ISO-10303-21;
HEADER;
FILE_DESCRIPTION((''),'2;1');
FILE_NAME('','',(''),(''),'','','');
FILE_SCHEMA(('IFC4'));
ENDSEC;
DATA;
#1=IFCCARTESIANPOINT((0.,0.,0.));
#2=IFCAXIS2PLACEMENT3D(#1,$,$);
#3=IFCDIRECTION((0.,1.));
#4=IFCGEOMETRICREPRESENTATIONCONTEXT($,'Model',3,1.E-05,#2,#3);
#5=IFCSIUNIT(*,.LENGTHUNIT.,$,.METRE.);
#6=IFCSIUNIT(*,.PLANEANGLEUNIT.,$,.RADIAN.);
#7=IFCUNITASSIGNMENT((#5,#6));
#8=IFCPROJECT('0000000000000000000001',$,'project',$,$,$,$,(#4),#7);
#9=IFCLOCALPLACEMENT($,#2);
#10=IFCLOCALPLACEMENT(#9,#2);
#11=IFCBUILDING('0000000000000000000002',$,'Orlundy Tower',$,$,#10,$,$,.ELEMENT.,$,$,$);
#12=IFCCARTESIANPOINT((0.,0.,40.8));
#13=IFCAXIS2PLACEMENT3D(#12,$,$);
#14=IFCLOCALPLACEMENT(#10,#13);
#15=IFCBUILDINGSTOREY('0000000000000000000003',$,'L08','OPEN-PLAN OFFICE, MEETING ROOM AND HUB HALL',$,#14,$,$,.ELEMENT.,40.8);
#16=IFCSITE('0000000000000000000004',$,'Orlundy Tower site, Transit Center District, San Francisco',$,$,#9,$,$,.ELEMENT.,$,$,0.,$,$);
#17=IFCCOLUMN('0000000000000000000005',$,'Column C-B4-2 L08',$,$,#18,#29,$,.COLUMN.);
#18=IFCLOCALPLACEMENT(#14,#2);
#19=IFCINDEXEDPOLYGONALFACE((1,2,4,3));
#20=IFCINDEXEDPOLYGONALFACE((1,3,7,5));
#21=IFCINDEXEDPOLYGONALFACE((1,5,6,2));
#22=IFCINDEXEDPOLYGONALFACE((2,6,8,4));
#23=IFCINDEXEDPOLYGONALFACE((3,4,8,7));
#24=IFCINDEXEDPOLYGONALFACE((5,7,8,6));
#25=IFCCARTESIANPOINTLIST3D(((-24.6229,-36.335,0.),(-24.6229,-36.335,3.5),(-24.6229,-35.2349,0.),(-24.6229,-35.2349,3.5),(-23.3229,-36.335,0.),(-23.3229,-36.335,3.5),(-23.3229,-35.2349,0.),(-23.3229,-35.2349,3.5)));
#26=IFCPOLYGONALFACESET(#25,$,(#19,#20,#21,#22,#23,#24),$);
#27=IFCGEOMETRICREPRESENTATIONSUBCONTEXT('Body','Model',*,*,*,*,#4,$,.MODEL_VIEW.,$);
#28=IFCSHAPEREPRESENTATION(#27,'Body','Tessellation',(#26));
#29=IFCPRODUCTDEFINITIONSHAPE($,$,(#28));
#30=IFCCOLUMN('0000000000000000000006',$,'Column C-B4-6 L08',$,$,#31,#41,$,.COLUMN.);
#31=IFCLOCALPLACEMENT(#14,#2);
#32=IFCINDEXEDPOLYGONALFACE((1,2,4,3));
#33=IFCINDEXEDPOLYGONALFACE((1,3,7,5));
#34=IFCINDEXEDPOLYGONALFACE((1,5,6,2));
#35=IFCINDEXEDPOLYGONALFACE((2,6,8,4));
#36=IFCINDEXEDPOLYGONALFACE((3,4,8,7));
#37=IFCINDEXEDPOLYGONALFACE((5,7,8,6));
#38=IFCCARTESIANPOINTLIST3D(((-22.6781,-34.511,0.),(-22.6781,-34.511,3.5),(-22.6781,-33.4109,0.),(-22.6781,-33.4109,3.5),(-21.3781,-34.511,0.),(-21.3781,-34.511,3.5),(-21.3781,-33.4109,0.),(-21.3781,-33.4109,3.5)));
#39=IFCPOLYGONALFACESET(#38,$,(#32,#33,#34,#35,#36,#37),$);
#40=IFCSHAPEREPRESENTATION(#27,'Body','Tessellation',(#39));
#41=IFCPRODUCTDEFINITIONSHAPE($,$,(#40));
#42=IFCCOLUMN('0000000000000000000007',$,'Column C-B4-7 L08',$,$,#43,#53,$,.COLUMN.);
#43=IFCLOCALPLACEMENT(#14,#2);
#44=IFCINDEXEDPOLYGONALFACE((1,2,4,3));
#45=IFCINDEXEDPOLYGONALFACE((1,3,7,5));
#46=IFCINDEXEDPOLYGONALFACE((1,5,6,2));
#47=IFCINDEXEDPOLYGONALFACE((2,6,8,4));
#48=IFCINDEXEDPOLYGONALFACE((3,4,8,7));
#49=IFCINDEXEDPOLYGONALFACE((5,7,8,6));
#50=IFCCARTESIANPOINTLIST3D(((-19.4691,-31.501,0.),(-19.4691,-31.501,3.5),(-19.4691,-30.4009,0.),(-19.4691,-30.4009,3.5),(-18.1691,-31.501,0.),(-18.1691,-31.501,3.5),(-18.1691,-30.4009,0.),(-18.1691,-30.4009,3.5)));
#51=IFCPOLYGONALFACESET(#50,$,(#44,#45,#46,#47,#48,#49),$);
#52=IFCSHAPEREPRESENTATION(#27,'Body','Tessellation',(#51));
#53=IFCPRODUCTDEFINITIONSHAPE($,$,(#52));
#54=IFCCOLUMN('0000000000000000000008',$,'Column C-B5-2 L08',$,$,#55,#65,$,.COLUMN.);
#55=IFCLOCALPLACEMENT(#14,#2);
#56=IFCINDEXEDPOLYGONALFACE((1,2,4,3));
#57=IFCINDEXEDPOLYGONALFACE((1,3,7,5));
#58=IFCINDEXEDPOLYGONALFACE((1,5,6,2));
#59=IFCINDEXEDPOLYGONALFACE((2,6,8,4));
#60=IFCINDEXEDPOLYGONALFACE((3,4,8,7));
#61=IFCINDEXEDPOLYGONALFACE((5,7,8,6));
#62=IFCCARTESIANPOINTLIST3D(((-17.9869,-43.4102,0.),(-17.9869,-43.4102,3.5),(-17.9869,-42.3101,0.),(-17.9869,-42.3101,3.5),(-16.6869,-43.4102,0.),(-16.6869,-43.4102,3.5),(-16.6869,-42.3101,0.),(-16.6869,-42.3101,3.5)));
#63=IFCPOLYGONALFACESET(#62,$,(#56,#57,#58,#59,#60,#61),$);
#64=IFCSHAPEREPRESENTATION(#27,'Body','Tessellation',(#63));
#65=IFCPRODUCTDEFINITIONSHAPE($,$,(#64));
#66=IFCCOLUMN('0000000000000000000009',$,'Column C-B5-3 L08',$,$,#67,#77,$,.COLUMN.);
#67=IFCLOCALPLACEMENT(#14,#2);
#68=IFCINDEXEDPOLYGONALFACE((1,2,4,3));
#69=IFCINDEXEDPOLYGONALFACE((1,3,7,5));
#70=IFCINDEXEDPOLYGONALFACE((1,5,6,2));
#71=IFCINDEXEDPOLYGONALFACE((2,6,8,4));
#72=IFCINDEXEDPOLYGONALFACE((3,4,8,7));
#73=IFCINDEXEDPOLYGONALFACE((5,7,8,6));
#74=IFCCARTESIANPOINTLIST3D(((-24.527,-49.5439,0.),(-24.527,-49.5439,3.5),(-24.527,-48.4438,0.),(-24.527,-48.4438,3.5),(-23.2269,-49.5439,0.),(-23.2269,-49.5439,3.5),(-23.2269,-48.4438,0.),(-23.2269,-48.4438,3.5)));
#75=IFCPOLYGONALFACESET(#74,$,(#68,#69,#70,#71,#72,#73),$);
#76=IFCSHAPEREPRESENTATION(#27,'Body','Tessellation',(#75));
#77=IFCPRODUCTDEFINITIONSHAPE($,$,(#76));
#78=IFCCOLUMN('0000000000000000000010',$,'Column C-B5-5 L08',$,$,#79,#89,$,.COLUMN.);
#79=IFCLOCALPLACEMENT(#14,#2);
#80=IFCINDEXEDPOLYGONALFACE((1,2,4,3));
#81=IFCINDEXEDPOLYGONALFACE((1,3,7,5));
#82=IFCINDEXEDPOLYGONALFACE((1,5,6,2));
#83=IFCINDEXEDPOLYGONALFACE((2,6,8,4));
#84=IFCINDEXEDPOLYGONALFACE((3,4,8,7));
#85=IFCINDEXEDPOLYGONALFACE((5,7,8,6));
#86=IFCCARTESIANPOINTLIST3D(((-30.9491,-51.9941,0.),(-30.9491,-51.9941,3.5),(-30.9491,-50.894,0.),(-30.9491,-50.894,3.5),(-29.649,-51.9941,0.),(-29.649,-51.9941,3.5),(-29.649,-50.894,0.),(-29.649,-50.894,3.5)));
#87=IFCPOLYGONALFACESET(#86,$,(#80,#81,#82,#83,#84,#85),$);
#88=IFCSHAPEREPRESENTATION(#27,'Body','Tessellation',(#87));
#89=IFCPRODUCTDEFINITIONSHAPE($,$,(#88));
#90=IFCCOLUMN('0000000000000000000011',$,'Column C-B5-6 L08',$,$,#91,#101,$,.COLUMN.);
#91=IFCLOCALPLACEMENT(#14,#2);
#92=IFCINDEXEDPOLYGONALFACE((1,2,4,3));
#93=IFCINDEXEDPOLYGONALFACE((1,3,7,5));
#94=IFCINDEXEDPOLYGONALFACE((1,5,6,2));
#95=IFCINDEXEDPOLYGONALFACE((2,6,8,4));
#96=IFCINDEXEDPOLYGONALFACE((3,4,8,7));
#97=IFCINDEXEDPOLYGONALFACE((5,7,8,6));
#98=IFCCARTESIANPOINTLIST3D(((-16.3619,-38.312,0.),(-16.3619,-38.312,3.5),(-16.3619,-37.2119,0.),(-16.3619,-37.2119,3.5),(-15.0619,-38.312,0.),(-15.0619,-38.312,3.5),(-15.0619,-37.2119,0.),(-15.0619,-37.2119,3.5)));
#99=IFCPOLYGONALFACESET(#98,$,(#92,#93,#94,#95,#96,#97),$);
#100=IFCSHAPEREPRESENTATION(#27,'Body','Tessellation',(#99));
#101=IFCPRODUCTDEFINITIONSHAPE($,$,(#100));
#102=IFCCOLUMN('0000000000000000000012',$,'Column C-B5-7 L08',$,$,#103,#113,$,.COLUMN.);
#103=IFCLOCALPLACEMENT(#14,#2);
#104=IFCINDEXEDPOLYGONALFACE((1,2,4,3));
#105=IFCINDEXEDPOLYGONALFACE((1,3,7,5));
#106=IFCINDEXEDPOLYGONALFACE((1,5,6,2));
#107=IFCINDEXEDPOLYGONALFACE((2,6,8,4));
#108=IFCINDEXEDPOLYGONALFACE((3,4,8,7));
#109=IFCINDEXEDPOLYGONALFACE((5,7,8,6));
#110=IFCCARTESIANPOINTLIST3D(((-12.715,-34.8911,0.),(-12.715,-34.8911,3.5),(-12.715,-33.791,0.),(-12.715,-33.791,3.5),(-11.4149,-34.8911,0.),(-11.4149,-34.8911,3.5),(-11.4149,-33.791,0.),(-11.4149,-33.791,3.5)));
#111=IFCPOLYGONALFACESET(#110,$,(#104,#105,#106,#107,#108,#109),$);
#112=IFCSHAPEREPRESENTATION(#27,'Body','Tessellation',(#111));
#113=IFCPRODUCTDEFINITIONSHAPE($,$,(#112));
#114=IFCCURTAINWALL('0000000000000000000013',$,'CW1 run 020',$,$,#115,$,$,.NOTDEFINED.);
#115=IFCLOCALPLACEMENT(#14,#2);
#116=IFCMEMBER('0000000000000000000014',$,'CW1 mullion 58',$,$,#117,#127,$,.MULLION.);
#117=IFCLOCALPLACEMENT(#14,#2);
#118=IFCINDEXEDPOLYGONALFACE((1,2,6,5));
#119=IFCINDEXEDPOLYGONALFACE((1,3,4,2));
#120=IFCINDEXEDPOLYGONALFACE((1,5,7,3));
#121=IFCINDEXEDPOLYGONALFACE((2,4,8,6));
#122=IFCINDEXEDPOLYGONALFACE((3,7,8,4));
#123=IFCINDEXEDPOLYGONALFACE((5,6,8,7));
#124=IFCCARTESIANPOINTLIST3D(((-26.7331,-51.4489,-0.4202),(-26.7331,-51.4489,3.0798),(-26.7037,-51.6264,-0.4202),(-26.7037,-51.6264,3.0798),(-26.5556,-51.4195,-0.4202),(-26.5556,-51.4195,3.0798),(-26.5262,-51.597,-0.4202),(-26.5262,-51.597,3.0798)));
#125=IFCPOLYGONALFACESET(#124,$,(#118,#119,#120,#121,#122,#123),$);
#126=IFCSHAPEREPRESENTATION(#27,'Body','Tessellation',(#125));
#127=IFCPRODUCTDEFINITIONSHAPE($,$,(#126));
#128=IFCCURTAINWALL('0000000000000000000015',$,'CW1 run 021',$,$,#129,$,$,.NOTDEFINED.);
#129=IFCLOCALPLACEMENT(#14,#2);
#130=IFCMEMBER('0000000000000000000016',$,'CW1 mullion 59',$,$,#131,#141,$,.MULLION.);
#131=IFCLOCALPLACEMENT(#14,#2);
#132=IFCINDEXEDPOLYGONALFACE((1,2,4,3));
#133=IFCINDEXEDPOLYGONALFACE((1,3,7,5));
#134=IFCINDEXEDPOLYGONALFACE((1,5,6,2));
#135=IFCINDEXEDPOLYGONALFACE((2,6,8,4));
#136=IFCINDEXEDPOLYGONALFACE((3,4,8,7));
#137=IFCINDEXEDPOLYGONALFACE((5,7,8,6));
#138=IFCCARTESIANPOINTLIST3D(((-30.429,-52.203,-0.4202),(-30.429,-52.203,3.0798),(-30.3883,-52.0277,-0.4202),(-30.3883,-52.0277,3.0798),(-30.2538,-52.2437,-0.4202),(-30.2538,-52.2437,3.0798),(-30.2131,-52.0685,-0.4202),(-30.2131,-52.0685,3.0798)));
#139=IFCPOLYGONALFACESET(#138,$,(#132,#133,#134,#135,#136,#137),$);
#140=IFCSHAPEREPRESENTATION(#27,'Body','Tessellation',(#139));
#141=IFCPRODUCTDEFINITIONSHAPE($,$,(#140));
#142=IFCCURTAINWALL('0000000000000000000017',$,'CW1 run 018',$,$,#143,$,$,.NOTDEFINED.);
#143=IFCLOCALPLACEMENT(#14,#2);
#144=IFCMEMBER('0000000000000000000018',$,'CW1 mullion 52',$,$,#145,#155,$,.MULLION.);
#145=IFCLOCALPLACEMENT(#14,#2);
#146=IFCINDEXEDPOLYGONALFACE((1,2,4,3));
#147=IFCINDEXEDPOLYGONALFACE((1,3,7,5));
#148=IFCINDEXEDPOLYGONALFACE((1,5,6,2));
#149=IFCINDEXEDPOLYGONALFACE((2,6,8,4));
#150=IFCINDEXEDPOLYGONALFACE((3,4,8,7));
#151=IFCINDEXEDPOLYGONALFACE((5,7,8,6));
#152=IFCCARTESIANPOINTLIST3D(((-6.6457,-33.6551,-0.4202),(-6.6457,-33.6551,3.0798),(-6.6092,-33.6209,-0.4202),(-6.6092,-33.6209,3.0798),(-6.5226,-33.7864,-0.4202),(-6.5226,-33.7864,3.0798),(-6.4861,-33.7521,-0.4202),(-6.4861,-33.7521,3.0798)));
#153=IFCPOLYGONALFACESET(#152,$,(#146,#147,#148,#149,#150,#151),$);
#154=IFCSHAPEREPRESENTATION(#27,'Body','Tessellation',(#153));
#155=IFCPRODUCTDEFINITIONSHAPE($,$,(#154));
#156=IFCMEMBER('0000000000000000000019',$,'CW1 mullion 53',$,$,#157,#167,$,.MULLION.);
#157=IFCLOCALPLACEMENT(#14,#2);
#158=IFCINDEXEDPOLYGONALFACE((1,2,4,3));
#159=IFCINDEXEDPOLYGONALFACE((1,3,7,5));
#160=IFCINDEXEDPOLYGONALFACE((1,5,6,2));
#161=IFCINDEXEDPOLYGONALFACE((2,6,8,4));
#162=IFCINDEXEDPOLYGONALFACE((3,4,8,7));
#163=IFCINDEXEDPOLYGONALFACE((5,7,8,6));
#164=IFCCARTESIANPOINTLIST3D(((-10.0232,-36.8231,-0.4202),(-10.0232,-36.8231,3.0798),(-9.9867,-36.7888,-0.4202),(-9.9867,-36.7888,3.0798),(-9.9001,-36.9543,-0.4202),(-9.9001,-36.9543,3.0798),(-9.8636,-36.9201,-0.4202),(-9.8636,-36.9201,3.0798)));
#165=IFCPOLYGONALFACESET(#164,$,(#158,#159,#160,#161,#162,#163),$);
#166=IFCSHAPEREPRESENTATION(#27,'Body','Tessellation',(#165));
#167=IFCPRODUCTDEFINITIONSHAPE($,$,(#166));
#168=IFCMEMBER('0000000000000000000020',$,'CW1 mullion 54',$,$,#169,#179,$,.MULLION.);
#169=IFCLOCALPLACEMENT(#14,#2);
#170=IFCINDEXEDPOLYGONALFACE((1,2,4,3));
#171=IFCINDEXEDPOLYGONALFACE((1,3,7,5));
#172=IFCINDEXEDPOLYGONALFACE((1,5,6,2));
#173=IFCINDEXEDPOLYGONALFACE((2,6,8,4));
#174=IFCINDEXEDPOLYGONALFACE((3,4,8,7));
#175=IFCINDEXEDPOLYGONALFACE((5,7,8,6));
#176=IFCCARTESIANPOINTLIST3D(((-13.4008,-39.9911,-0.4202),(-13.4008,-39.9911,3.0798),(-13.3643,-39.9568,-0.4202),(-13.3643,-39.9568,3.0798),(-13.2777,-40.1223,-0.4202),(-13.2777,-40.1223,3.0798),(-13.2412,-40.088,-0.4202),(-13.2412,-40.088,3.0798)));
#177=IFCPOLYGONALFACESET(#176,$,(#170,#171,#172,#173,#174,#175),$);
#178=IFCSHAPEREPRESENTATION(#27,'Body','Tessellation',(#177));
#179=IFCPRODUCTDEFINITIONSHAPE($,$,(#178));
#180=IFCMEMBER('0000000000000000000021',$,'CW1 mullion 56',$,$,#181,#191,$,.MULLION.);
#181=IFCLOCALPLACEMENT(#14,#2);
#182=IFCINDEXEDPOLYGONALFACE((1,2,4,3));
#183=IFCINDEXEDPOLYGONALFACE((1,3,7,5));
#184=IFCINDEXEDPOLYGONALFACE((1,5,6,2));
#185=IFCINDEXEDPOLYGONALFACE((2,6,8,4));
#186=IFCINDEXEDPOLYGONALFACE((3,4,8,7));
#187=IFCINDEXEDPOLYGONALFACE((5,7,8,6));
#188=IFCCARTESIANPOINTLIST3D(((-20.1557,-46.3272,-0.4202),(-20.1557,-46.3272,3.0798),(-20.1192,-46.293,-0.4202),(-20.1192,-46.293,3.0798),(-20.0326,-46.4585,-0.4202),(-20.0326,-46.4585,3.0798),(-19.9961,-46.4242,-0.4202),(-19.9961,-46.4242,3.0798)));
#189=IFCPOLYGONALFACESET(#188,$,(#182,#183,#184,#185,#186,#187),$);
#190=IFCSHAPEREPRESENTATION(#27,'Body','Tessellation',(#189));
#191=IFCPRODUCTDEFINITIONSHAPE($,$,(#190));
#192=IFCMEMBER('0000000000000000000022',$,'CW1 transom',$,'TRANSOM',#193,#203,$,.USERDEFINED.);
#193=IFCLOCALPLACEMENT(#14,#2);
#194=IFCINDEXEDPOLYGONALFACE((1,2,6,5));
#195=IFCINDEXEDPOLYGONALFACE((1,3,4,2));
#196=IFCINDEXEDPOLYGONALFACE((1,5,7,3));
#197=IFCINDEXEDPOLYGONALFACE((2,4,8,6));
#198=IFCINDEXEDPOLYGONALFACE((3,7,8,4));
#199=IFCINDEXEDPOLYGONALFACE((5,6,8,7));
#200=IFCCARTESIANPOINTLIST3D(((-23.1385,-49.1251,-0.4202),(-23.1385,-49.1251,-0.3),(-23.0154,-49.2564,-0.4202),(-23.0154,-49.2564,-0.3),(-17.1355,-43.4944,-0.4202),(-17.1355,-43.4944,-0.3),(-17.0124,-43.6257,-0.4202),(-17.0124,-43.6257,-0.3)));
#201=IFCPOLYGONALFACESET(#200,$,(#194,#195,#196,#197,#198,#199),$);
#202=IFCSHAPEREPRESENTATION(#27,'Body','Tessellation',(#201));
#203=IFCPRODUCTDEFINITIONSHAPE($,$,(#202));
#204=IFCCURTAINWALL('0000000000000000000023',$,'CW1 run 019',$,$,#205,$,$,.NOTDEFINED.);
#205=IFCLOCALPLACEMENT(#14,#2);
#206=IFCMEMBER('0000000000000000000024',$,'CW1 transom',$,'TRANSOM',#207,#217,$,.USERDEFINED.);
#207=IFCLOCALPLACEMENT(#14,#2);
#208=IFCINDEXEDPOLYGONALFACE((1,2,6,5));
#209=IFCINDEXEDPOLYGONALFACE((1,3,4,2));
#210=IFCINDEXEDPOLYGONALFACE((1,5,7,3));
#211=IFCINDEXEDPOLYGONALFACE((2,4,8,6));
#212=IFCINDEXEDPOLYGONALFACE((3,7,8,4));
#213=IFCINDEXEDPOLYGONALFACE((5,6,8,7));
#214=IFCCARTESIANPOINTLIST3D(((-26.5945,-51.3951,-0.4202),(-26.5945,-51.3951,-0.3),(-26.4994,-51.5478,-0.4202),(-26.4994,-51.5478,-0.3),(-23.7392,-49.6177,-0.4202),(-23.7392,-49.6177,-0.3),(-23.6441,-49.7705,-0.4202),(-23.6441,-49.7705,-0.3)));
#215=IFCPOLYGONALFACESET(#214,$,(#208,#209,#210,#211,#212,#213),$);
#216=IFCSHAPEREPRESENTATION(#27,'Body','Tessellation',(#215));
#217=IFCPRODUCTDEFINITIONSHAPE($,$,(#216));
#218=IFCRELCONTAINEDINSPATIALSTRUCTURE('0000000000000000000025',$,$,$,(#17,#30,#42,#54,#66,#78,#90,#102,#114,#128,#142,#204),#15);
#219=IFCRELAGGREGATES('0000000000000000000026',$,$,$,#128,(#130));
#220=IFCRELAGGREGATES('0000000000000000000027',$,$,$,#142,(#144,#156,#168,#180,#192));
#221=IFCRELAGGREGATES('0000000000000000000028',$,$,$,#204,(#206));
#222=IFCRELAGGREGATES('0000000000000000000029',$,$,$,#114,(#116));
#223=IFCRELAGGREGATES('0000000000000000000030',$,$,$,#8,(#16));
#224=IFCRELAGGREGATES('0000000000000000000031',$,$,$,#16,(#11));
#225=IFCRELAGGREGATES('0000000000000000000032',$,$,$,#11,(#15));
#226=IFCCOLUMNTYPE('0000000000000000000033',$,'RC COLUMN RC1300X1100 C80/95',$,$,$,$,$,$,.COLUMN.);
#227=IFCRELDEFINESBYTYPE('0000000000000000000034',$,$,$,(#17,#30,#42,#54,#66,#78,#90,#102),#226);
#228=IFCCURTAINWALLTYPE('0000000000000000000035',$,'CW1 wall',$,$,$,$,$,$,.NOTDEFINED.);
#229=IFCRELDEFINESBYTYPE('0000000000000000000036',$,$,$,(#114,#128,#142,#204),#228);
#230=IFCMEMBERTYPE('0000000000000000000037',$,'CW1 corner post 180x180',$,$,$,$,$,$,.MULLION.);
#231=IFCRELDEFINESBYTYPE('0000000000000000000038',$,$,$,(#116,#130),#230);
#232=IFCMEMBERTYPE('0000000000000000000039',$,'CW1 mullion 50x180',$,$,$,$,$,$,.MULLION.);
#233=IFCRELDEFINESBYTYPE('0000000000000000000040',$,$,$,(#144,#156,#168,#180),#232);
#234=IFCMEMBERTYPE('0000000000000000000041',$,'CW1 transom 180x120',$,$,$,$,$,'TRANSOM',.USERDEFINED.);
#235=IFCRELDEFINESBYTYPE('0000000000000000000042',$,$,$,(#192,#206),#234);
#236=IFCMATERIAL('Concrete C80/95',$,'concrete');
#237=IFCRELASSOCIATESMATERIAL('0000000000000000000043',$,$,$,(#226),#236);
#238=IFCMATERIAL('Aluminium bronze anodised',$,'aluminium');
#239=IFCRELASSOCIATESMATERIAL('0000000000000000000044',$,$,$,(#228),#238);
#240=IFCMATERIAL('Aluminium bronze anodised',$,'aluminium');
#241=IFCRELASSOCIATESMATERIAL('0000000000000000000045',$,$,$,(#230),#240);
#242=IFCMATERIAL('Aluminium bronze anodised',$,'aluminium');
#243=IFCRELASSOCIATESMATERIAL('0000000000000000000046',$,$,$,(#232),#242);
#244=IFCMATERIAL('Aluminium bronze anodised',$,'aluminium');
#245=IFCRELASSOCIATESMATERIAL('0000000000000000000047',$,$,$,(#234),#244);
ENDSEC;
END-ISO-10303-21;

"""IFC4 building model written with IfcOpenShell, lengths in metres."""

from ifc_helpers import new_model, si_unit, direction, frame, origin, origin_2d, place, context, subcontext, project, spatial, rectangle, extrude, material, material_profile, profile_set, type_object, element, aggregate, save


model = new_model("IFC4")

# Units and contexts
model_context = context("Model", 3, precision=1e-05, world=origin(), true_north=direction((0.0, 1.0)))
body_context = subcontext(model_context, "Body", "Model", "MODEL_VIEW")
ifc_project = project(units=[si_unit("LENGTHUNIT", "METRE"), si_unit("PLANEANGLEUNIT", "RADIAN")], contexts=[model_context])

# Site, building, storey
site_placement = place(None, origin())
site = spatial("IfcSite", under=ifc_project, at=site_placement, Name="Orlundy Tower site, Transit Center District, San Francisco", CompositionType="ELEMENT", RefElevation=0.0)
building_placement = place(site_placement, origin())
building = spatial("IfcBuilding", under=site, at=building_placement, Name="Orlundy Tower", CompositionType="ELEMENT")
storey_placement = place(building_placement, frame((0.0, 0.0, 40.8)))
storey = spatial("IfcBuildingStorey", under=building, at=storey_placement, Name="L08", Description="OPEN-PLAN OFFICE, MEETING ROOM AND HUB HALL", CompositionType="ELEMENT", Elevation=40.8)

# Columns
ifc_material_1 = material(Name="Concrete C80/95", Category="concrete")
ifc_material_profile_1 = material_profile(ifc_material_1, rectangle(XDim=1.3, YDim=1.1001, at=origin_2d()), Name="RC1300X1100")
ifc_profile_set_1 = profile_set([ifc_material_profile_1], Name="Concrete C80/95")
column_type = type_object("IfcColumnType", Name="RC COLUMN RC1300X1100 C80/95", PredefinedType="COLUMN", material=ifc_profile_set_1)
for number, where, z_axis, x_axis, name in (
    (1, (-23.9729, -35.7849, 0.0), (0.0, 0.0, 1.0), (1.0, 0.0, 0.0), "Column C-B4-2 L08"),
    (2, (-22.0281, -33.9609, 0.0), (0.0, 0.0, 1.0), (1.0, 0.0, 0.0), "Column C-B4-6 L08"),
    (3, (-18.8191, -30.9509, 0.0), (0.0, 0.0, 1.0), (1.0, 0.0, 0.0), "Column C-B4-7 L08"),
    (4, (-17.3369, -42.8601, 0.0), (0.0, 0.0, 1.0), (1.0, 0.0, 0.0), "Column C-B5-2 L08"),
    (5, (-23.877, -48.9939, 0.0), (0.0, 0.0, 1.0), (1.0, 0.0, 0.0), "Column C-B5-3 L08"),
    (6, (-30.2991, -51.4441, 0.0), (0.0, 0.0, 1.0), (1.0, 0.0, 0.0), "Column C-B5-5 L08"),
    (7, (-15.7119, -37.762, 0.0), (0.0, 0.0, 1.0), (1.0, 0.0, 0.0), "Column C-B5-6 L08"),
    (8, (-12.0649, -34.3411, 0.0), (0.0, 0.0, 1.0), (1.0, 0.0, 0.0), "Column C-B5-7 L08"),
):
    element("IfcColumn", number, at=place(storey_placement, frame(where, z_axis=z_axis, x_axis=x_axis)), inside=storey, type_object=column_type, Name=name, PredefinedType="COLUMN", context=body_context, shape_type="SweptSolid", body=[
        extrude(rectangle(XDim=1.3, YDim=1.1001, at=origin_2d()), origin(), (0.0, 0.0, 1.0), 3.5),
    ])

# Curtain walls, members
ifc_material_2 = material(Name="Aluminium bronze anodised", Category="aluminium")
curtain_wall_type = type_object("IfcCurtainWallType", Name="CW1 wall", PredefinedType="NOTDEFINED", material=ifc_material_2)
curtain_wall_1_placement = place(storey_placement, origin())
curtain_wall_1 = element("IfcCurtainWall", 9, at=curtain_wall_1_placement, inside=storey, type_object=curtain_wall_type, Name="CW1 run 020", PredefinedType="NOTDEFINED")
ifc_material_3 = material(Name="Aluminium bronze anodised", Category="aluminium")
ifc_material_profile_2 = material_profile(ifc_material_3, rectangle(XDim=0.1799, YDim=0.1799, at=origin_2d()), Name="CW1 corner post 180x180")
ifc_profile_set_2 = profile_set([ifc_material_profile_2], Name="Aluminium bronze anodised")
member_type_1 = type_object("IfcMemberType", Name="CW1 corner post 180x180", PredefinedType="MULLION", material=ifc_profile_set_2)
member_1_placement = place(storey_placement, frame((-26.6296, -51.5229, -0.4202), z_axis=(0.0, 0.0, 1.0), x_axis=(0.163786, -0.986496, 0.0)))
member_1 = element("IfcMember", 10, at=member_1_placement, type_object=member_type_1, Name="CW1 mullion 58", PredefinedType="MULLION", context=body_context, shape_type="SweptSolid", body=[
    extrude(rectangle(XDim=0.1799, YDim=0.1799, at=origin_2d()), origin(), (0.0, 0.0, 1.0), 3.5),
])
curtain_wall_2_placement = place(storey_placement, origin())
curtain_wall_2 = element("IfcCurtainWall", 11, at=curtain_wall_2_placement, inside=storey, type_object=curtain_wall_type, Name="CW1 run 021", PredefinedType="NOTDEFINED")
member_2_placement = place(storey_placement, frame((-30.321, -52.1357, -0.4202), z_axis=(0.0, 0.0, 1.0), x_axis=(-0.226317, -0.974054, 0.0)))
member_2 = element("IfcMember", 12, at=member_2_placement, type_object=member_type_1, Name="CW1 mullion 59", PredefinedType="MULLION", context=body_context, shape_type="SweptSolid", body=[
    extrude(rectangle(XDim=0.1799, YDim=0.1799, at=origin_2d()), origin(), (0.0, 0.0, 1.0), 3.5),
])
aggregate(curtain_wall_2, [member_2])

# Curtain wall, members
curtain_wall_3_placement = place(storey_placement, origin())
curtain_wall_3 = element("IfcCurtainWall", 13, at=curtain_wall_3_placement, inside=storey, type_object=curtain_wall_type, Name="CW1 run 018", PredefinedType="NOTDEFINED")
ifc_material_4 = material(Name="Aluminium bronze anodised", Category="aluminium")
ifc_material_profile_3 = material_profile(ifc_material_4, rectangle(XDim=0.1799, YDim=0.05, at=origin_2d()), Name="CW1 mullion 50x180")
ifc_profile_set_3 = profile_set([ifc_material_profile_3], Name="Aluminium bronze anodised")
member_type_2 = type_object("IfcMemberType", Name="CW1 mullion 50x180", PredefinedType="MULLION", material=ifc_profile_set_3)
member_3_placement = place(storey_placement, frame((-6.5659, -33.7036, -0.4202), z_axis=(0.0, 0.0, 1.0), x_axis=(0.684124, -0.729365, 0.0)))
member_3 = element("IfcMember", 14, at=member_3_placement, type_object=member_type_2, Name="CW1 mullion 52", PredefinedType="MULLION", context=body_context, shape_type="SweptSolid", body=[
    extrude(rectangle(XDim=0.1799, YDim=0.05, at=origin_2d()), origin(), (0.0, 0.0, 1.0), 3.5),
])
member_4_placement = place(storey_placement, frame((-9.9434, -36.8716, -0.4202), z_axis=(0.0, 0.0, 1.0), x_axis=(0.684124, -0.729365, 0.0)))
member_4 = element("IfcMember", 15, at=member_4_placement, type_object=member_type_2, Name="CW1 mullion 53", PredefinedType="MULLION", context=body_context, shape_type="SweptSolid", body=[
    extrude(rectangle(XDim=0.1799, YDim=0.05, at=origin_2d()), origin(), (0.0, 0.0, 1.0), 3.5),
])
member_5_placement = place(storey_placement, frame((-13.321, -40.0396, -0.4202), z_axis=(0.0, 0.0, 1.0), x_axis=(0.684124, -0.729365, 0.0)))
member_5 = element("IfcMember", 16, at=member_5_placement, type_object=member_type_2, Name="CW1 mullion 54", PredefinedType="MULLION", context=body_context, shape_type="SweptSolid", body=[
    extrude(rectangle(XDim=0.1799, YDim=0.05, at=origin_2d()), origin(), (0.0, 0.0, 1.0), 3.5),
])
member_6_placement = place(storey_placement, frame((-20.0759, -46.3757, -0.4202), z_axis=(0.0, 0.0, 1.0), x_axis=(0.684124, -0.729365, 0.0)))
member_6 = element("IfcMember", 17, at=member_6_placement, type_object=member_type_2, Name="CW1 mullion 56", PredefinedType="MULLION", context=body_context, shape_type="SweptSolid", body=[
    extrude(rectangle(XDim=0.1799, YDim=0.05, at=origin_2d()), origin(), (0.0, 0.0, 1.0), 3.5),
])
ifc_material_5 = material(Name="Aluminium bronze anodised", Category="aluminium")
ifc_material_profile_4 = material_profile(ifc_material_5, rectangle(XDim=0.1799, YDim=0.1201, at=origin_2d()), Name="CW1 transom 180x120")
ifc_profile_set_4 = profile_set([ifc_material_profile_4], Name="Aluminium bronze anodised")
member_type_3 = type_object("IfcMemberType", Name="CW1 transom 180x120", ElementType="TRANSOM", PredefinedType="USERDEFINED", material=ifc_profile_set_4)
member_7_placement = place(storey_placement, frame((-17.074, -43.5601, -0.3601), z_axis=(-0.729363, -0.684127, 0.0), x_axis=(0.684127, -0.729363, 0.0)))
member_7 = element("IfcMember", 18, at=member_7_placement, type_object=member_type_3, Name="CW1 transom", ObjectType="TRANSOM", PredefinedType="USERDEFINED", context=body_context, shape_type="SweptSolid", body=[
    extrude(rectangle(XDim=0.1799, YDim=0.1201, at=origin_2d()), origin(), (0.0, 0.0, 1.0), 8.2305),
])

# Curtain wall, member
curtain_wall_4_placement = place(storey_placement, origin())
curtain_wall_4 = element("IfcCurtainWall", 19, at=curtain_wall_4_placement, inside=storey, type_object=curtain_wall_type, Name="CW1 run 019", PredefinedType="NOTDEFINED")
member_8_placement = place(storey_placement, frame((-23.6917, -49.6941, -0.3601), z_axis=(-0.848955, -0.528465, 0.0), x_axis=(0.528465, -0.848955, 0.0)))
member_8 = element("IfcMember", 20, at=member_8_placement, type_object=member_type_3, Name="CW1 transom", ObjectType="TRANSOM", PredefinedType="USERDEFINED", context=body_context, shape_type="SweptSolid", body=[
    extrude(rectangle(XDim=0.1799, YDim=0.1201, at=origin_2d()), origin(), (0.0, 0.0, 1.0), 3.3633),
])

aggregate(curtain_wall_3, [member_3, member_4, member_5, member_6, member_7])
aggregate(curtain_wall_4, [member_8])
aggregate(curtain_wall_1, [member_1])

save(model, "model.ifc")
